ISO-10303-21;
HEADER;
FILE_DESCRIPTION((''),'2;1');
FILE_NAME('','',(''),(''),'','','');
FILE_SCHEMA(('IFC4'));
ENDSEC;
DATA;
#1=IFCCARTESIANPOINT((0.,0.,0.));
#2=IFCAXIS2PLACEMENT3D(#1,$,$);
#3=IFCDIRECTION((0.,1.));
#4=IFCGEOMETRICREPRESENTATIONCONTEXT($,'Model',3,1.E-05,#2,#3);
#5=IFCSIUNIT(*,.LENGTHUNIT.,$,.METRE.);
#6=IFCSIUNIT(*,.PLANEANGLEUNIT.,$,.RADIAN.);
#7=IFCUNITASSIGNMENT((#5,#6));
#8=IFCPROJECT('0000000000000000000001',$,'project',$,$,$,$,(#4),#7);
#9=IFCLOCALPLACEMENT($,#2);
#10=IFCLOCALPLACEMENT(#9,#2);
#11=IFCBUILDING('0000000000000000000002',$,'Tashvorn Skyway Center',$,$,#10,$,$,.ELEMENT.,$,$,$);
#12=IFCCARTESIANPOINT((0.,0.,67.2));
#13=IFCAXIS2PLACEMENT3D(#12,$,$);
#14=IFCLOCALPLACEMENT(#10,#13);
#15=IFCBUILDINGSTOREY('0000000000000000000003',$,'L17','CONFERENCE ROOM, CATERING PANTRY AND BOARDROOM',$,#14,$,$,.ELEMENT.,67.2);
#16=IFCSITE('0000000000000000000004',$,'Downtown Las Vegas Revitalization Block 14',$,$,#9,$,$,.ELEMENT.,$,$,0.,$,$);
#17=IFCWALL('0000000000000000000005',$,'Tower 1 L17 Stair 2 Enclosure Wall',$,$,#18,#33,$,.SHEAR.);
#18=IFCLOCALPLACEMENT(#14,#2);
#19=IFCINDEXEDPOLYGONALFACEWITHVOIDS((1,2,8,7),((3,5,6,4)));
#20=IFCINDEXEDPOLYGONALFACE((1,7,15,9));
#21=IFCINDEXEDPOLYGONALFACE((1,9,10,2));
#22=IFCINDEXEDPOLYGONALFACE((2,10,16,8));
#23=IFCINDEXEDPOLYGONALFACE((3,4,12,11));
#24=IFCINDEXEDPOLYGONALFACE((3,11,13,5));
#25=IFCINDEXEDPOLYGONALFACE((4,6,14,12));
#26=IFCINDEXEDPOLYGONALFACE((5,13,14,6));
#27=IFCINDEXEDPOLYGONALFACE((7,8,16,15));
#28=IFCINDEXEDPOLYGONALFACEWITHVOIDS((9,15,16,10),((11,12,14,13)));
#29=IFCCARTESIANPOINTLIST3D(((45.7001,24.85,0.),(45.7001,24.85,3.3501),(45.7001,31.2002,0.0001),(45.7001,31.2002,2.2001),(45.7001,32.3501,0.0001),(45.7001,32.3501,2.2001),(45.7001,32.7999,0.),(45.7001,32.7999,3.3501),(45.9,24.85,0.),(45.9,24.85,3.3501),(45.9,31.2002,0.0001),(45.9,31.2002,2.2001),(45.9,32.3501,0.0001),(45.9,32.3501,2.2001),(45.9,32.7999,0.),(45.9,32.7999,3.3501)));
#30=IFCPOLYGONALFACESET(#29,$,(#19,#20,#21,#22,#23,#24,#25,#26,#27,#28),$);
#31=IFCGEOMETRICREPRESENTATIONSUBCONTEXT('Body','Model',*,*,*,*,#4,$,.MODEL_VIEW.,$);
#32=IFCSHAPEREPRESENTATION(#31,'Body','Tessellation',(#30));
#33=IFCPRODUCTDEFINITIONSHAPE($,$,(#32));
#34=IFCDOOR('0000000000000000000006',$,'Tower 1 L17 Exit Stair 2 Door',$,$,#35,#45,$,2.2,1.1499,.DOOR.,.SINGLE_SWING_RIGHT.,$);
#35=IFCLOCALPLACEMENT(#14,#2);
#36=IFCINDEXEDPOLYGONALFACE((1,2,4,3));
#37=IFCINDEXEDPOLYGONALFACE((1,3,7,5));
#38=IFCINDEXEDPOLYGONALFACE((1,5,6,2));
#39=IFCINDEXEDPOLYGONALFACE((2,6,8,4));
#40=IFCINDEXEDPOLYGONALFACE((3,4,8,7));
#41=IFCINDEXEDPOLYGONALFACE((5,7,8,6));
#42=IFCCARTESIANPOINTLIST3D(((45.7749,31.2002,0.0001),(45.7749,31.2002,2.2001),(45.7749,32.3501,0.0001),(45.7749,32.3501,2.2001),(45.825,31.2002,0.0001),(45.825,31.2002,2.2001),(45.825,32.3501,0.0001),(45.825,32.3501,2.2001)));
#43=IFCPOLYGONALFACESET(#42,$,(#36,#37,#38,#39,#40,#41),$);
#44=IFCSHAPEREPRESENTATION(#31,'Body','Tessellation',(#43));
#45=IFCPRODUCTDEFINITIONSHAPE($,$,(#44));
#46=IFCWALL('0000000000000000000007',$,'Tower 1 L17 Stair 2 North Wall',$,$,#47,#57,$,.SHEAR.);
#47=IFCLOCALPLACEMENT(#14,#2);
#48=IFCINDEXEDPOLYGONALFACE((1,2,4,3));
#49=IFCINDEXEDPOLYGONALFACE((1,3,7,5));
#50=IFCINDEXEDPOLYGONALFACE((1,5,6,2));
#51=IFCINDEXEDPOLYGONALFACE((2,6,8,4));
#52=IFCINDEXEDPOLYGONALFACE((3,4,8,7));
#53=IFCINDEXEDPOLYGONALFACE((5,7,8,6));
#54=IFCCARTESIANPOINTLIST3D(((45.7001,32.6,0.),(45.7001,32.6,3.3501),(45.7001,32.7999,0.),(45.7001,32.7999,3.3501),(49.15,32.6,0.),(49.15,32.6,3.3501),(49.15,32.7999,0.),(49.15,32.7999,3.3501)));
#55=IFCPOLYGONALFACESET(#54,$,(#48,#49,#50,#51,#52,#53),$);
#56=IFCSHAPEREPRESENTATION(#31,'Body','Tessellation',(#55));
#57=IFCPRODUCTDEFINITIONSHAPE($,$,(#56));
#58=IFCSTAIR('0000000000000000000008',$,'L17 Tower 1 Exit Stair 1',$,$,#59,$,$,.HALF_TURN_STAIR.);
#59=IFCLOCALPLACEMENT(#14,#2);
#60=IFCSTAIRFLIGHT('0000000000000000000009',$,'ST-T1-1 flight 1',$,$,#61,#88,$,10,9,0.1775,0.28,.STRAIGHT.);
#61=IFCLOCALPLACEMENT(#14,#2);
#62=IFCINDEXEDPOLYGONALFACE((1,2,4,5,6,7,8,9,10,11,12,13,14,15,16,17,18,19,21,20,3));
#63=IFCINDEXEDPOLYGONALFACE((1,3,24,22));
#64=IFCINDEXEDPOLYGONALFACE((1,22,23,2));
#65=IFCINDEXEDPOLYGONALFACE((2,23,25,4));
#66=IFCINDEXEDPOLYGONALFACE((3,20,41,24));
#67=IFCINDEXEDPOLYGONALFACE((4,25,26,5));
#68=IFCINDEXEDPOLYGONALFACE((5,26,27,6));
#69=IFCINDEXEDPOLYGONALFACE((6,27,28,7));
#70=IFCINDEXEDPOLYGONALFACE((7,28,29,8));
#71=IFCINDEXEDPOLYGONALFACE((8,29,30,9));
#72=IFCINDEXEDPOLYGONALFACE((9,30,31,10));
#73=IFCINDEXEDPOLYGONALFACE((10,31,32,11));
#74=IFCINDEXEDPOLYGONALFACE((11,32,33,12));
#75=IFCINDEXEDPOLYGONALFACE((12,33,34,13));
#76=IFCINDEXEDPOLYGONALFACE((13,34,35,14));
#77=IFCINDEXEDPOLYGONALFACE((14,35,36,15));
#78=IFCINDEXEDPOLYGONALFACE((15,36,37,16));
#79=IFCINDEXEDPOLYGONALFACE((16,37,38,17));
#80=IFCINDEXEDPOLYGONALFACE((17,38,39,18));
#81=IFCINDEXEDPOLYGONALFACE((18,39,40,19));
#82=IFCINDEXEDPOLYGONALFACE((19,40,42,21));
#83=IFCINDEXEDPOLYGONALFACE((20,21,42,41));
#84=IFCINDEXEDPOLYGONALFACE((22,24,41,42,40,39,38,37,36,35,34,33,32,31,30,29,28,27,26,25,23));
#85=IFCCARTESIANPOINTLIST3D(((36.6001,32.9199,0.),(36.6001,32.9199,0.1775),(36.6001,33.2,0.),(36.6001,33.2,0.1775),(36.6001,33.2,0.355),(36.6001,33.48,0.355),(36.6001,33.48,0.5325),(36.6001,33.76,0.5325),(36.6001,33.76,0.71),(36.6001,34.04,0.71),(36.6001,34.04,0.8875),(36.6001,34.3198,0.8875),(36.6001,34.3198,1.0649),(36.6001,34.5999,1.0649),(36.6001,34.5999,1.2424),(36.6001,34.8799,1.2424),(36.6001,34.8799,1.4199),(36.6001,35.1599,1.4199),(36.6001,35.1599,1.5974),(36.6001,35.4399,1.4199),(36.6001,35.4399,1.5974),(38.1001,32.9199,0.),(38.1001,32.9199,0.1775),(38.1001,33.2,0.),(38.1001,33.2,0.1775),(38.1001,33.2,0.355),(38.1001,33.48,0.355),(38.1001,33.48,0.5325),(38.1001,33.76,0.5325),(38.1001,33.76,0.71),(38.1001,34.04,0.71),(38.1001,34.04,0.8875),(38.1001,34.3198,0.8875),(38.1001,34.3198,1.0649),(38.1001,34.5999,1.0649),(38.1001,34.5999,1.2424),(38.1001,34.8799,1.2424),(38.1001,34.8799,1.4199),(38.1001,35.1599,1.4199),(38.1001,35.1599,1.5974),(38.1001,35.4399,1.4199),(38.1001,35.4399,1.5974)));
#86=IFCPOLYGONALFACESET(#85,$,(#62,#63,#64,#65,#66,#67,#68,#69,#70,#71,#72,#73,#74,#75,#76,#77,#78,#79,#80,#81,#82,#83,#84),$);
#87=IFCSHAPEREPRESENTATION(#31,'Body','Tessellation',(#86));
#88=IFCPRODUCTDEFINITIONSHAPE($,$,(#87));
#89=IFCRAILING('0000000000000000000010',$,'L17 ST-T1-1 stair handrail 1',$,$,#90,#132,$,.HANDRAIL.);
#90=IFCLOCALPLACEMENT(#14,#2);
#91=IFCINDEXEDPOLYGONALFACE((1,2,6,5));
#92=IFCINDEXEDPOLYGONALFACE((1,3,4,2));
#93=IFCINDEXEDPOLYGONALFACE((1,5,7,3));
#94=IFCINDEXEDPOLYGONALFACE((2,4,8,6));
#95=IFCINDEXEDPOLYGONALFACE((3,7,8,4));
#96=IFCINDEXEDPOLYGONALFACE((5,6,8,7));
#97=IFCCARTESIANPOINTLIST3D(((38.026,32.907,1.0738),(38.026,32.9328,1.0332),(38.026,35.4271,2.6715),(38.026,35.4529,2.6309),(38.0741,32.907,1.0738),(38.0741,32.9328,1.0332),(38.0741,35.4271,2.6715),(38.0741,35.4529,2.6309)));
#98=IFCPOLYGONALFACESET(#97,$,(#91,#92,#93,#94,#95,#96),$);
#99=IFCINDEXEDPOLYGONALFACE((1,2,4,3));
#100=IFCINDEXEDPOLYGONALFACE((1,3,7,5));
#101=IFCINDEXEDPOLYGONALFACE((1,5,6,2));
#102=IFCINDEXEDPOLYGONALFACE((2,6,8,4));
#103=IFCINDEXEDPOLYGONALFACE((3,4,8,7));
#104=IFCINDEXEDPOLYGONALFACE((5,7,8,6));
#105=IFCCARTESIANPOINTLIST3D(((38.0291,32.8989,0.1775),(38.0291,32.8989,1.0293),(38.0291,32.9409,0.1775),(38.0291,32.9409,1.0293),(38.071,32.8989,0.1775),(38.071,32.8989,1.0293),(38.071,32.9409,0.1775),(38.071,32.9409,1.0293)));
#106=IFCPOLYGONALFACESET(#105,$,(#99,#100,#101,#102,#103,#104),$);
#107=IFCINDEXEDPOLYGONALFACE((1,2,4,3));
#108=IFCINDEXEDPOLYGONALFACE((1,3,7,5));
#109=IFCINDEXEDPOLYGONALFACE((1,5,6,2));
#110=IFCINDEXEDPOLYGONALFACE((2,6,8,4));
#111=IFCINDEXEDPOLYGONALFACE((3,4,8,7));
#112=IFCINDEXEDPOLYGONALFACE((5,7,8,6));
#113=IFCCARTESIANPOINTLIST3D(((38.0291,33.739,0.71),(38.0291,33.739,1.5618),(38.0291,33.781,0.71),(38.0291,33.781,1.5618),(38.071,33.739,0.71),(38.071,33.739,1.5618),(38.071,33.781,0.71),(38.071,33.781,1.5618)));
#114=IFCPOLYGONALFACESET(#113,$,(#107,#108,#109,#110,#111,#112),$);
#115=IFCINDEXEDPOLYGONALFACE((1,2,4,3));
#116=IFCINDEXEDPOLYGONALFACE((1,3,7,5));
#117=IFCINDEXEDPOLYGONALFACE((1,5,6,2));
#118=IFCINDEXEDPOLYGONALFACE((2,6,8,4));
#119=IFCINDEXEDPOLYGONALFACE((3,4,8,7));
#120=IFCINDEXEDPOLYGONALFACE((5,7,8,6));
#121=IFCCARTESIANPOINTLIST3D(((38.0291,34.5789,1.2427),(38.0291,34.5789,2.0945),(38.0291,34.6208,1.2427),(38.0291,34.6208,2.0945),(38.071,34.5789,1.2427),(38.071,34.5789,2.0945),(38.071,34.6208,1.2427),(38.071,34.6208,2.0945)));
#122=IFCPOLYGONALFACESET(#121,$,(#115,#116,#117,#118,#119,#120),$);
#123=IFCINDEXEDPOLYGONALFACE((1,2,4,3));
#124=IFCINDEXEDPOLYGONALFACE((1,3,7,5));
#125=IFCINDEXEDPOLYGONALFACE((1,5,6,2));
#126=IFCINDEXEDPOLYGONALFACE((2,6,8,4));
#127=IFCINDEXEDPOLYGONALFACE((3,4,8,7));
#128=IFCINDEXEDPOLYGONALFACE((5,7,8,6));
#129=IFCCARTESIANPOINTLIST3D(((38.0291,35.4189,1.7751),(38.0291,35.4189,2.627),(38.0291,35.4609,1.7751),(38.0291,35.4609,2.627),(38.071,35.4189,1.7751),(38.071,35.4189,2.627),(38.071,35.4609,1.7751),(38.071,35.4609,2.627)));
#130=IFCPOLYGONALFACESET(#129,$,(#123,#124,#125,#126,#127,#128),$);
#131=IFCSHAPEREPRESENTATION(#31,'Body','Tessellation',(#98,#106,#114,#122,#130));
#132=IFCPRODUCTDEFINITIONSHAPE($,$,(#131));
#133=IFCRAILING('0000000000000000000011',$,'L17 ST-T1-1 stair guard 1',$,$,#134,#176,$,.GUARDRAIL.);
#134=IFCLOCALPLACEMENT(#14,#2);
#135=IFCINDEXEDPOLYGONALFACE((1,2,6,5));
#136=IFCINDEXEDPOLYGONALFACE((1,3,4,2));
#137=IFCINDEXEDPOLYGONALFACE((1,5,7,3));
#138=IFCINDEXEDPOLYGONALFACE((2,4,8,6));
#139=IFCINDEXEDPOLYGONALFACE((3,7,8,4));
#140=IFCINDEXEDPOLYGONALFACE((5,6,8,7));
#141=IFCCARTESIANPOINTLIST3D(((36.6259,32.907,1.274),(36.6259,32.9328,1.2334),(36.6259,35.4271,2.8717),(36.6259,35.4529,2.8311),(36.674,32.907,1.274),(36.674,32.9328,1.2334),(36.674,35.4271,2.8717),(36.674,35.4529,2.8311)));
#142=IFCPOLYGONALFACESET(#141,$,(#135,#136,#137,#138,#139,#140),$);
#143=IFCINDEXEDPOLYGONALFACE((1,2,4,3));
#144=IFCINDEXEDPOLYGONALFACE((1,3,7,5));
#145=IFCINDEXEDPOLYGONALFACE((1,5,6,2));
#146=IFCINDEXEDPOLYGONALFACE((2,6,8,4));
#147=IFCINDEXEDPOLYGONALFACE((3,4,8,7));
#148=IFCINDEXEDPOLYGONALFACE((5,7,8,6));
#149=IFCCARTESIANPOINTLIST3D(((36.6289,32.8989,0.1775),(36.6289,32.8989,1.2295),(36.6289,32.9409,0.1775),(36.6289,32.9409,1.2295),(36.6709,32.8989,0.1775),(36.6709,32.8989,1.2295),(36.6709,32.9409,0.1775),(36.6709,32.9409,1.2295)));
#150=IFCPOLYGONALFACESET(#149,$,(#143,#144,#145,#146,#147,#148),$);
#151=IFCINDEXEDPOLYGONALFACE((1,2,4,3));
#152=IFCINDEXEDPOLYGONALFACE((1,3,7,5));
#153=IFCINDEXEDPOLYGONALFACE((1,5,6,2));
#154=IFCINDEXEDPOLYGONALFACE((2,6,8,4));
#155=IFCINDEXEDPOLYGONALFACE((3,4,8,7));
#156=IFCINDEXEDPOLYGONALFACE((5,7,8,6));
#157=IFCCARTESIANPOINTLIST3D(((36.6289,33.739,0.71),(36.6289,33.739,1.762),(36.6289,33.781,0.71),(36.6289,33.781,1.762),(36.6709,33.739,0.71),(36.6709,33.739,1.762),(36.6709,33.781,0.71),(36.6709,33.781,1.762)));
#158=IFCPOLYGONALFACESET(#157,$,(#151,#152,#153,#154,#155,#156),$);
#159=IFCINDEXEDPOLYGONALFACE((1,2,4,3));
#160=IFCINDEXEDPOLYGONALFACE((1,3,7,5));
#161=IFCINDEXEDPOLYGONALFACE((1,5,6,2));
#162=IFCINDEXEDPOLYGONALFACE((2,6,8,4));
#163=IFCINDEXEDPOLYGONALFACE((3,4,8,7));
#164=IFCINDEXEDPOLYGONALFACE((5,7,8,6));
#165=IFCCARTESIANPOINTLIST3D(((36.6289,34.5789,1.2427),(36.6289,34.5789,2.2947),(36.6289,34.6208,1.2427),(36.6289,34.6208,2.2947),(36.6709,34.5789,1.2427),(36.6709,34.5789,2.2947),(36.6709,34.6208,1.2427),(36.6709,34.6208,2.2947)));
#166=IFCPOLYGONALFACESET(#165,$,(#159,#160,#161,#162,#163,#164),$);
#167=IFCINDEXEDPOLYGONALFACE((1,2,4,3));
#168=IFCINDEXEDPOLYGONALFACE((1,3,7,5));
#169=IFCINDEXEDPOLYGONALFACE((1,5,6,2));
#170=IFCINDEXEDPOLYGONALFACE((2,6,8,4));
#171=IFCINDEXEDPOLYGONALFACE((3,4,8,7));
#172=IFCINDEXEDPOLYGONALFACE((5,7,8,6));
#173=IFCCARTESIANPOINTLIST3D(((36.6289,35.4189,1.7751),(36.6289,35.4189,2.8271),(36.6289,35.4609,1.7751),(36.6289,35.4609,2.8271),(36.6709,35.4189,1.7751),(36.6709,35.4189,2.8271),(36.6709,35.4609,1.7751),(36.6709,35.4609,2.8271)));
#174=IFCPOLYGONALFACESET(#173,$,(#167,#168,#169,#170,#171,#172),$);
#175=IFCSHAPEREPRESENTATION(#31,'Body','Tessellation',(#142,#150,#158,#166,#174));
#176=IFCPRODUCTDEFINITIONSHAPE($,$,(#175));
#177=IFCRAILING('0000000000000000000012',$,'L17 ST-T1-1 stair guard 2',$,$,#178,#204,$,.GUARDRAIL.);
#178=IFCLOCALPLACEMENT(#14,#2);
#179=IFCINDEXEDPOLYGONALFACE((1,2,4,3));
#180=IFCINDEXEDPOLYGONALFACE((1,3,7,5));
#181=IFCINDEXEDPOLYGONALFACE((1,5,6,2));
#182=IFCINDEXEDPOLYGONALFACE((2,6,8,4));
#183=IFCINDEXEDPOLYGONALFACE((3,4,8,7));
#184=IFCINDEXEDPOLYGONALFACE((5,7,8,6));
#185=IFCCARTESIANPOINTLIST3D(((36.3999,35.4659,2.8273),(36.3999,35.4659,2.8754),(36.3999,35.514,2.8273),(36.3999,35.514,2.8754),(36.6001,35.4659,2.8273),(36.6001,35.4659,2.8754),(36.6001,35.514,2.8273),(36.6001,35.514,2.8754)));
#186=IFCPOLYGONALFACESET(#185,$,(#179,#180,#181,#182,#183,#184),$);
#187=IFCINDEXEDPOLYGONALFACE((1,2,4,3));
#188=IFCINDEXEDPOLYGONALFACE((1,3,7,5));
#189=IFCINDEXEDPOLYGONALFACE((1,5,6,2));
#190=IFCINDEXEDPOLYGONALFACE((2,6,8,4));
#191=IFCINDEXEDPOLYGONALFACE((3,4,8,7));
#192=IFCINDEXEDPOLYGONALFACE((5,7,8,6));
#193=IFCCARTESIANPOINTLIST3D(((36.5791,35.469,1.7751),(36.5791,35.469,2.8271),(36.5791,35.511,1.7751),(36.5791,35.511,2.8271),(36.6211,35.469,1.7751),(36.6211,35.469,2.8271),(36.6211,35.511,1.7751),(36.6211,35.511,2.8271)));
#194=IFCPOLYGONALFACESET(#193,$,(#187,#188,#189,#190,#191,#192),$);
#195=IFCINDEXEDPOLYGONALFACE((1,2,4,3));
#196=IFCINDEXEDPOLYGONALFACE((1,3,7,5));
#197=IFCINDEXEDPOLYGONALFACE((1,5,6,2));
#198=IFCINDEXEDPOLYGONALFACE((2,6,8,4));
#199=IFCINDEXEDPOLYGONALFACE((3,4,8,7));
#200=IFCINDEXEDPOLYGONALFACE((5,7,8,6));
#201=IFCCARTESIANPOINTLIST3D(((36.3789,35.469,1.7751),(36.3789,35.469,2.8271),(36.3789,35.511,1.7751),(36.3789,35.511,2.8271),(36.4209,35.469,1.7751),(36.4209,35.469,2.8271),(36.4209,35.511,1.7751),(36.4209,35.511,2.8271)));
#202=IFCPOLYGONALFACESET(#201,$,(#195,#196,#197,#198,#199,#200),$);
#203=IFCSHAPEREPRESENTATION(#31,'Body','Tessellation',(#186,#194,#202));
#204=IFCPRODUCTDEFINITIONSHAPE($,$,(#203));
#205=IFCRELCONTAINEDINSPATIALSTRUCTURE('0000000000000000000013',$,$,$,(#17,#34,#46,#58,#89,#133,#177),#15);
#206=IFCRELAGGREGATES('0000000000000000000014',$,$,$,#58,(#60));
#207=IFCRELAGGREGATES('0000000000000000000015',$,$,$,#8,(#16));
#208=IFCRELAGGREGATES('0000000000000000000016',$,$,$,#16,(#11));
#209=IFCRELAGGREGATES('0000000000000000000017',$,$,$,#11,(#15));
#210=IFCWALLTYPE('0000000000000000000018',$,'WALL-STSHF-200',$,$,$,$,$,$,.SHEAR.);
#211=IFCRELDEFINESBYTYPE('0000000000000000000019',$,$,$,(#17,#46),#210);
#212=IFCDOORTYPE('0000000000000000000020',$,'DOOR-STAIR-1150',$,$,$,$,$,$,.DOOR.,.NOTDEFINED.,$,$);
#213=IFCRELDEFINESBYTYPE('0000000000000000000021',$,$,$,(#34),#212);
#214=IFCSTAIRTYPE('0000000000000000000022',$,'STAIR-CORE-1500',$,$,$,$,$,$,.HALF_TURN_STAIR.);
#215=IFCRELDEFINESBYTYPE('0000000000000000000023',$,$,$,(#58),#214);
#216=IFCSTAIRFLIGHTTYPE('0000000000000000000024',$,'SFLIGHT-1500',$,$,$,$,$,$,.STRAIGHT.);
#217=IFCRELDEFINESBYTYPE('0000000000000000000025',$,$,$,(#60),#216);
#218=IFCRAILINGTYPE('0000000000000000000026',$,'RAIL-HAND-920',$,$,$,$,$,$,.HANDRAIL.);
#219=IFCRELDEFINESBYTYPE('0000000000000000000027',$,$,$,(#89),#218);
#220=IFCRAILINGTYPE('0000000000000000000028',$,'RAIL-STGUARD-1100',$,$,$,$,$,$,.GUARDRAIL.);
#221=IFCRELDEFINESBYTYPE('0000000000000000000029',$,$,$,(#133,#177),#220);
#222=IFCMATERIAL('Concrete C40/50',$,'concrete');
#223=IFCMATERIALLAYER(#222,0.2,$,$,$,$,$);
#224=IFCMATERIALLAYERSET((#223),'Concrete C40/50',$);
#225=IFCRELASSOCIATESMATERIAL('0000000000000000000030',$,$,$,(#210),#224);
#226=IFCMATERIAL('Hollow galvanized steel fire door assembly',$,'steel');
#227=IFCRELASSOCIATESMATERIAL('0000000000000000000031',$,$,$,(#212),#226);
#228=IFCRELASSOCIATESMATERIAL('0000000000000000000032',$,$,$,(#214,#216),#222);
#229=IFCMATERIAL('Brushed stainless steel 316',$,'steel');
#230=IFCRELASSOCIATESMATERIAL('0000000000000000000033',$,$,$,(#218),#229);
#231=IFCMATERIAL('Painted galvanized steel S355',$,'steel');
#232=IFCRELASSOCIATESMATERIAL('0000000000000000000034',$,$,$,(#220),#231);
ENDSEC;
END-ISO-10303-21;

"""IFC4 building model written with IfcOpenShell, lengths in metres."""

from ifc_helpers import new_model, si_unit, direction, frame, frame_2d, origin, origin_2d, place, context, subcontext, project, spatial, polyline, rectangle, outline, extrude, material, layer, layer_set, type_object, element, fill, aggregate, save


model = new_model("IFC4")

# Units and contexts
model_context = context("Model", 3, precision=1e-05, world=origin(), true_north=direction((0.0, 1.0)))
body_context = subcontext(model_context, "Body", "Model", "MODEL_VIEW")
ifc_project = project(units=[si_unit("LENGTHUNIT", "METRE"), si_unit("PLANEANGLEUNIT", "RADIAN")], contexts=[model_context])

# Site, building, storey
site_placement = place(None, origin())
site = spatial("IfcSite", under=ifc_project, at=site_placement, Name="Downtown Las Vegas Revitalization Block 14", CompositionType="ELEMENT", RefElevation=0.0)
building_placement = place(site_placement, origin())
building = spatial("IfcBuilding", under=site, at=building_placement, Name="Tashvorn Skyway Center", CompositionType="ELEMENT")
storey_placement = place(building_placement, frame((0.0, 0.0, 67.2)))
storey = spatial("IfcBuildingStorey", under=building, at=storey_placement, Name="L17", Description="CONFERENCE ROOM, CATERING PANTRY AND BOARDROOM", CompositionType="ELEMENT", Elevation=67.2)

# Shared definitions
ifc_material_1 = material(Name="Concrete C40/50", Category="concrete")

# Shared definitions
ifc_material_2 = material(Name="Hollow galvanized steel fire door assembly", Category="steel")

# Wall, opening, door
ifc_layer_1 = layer(ifc_material_1, 0.2)
ifc_layer_set_1 = layer_set([ifc_layer_1], Name="Concrete C40/50")
wall_type_1 = type_object("IfcWallType", Name="WALL-STSHF-200", PredefinedType="SHEAR", material=ifc_layer_set_1)
wall_1_placement = place(storey_placement, frame((45.8, 32.8, 0.0), z_axis=(0.0, 0.0, 1.0), x_axis=(0.0, -1.0, 0.0)))
wall_1 = element("IfcWall", 1, at=wall_1_placement, inside=storey, type_object=wall_type_1, Name="Tower 1 L17 Stair 2 Enclosure Wall", PredefinedType="SHEAR", context=body_context, shape_type="SweptSolid", body=[
    extrude(rectangle(XDim=7.95, YDim=0.2, at=frame_2d((3.9751, 0.0))), origin(), (0.0, 0.0, 1.0), 3.3501),
])
opening_1_placement = place(wall_1_placement, frame((0.45, 0.0, 0.0)))
opening_1 = element("IfcOpeningElement", 2, at=opening_1_placement, cuts=wall_1, PredefinedType="OPENING", context=body_context, shape_type="SweptSolid", body=[
    extrude(rectangle(XDim=1.1499, YDim=2.2, at=frame_2d((0.575, 1.1001))), frame((0.0, 0.1099, 0.0), z_axis=(0.0, -1.0, 0.0), x_axis=(1.0, 0.0, 0.0)), (0.0, 0.0, 1.0), 0.22),
])
door_type_1 = type_object("IfcDoorType", Name="DOOR-STAIR-1150", OperationType="NOTDEFINED", PredefinedType="DOOR", material=ifc_material_2)
door_1_placement = place(opening_1_placement, origin())
door_1 = element("IfcDoor", 3, at=door_1_placement, inside=storey, type_object=door_type_1, Name="Tower 1 L17 Exit Stair 2 Door", OperationType="SINGLE_SWING_RIGHT", OverallHeight=2.2, OverallWidth=1.1499, PredefinedType="DOOR", context=body_context, shape_type="SweptSolid", body=[
    extrude(rectangle(XDim=1.1499, YDim=2.2, at=frame_2d((0.575, 1.1001))), frame((0.0, 0.0249, 0.0), z_axis=(0.0, -1.0, 0.0), x_axis=(1.0, 0.0, 0.0)), (0.0, 0.0, 1.0), 0.05),
])
fill(opening_1, door_1)

# Wall
wall_2_placement = place(storey_placement, frame((45.7, 32.7, 0.0), z_axis=(0.0, 0.0, 1.0), x_axis=(1.0, 0.0, 0.0)))
element("IfcWall", 4, at=wall_2_placement, inside=storey, type_object=wall_type_1, Name="Tower 1 L17 Stair 2 North Wall", PredefinedType="SHEAR", context=body_context, shape_type="SweptSolid", body=[
    extrude(rectangle(XDim=3.45, YDim=0.2, at=frame_2d((1.7251, 0.0))), origin(), (0.0, 0.0, 1.0), 3.3501),
])

# Stair, stair flight
stair_type = type_object("IfcStairType", Name="STAIR-CORE-1500", PredefinedType="HALF_TURN_STAIR", material=ifc_material_1)
stair_placement = place(storey_placement, origin())
stair = element("IfcStair", 5, at=stair_placement, inside=storey, type_object=stair_type, Name="L17 Tower 1 Exit Stair 1", PredefinedType="HALF_TURN_STAIR")
stair_flight_type = type_object("IfcStairFlightType", Name="SFLIGHT-1500", PredefinedType="STRAIGHT", material=ifc_material_1)
stair_flight_placement = place(storey_placement, frame((37.3501, 32.9199, 0.0), z_axis=(0.0, 0.0, 1.0), x_axis=(0.0, 1.0, 0.0)))
stair_flight = element("IfcStairFlight", 6, at=stair_flight_placement, type_object=stair_flight_type, Name="ST-T1-1 flight 1", NumberOfRisers=10, NumberOfTreads=9, PredefinedType="STRAIGHT", RiserHeight=0.1775, TreadLength=0.28, context=body_context, shape_type="SweptSolid", body=[
    extrude(outline(polyline([(0.0, 0.0), (0.0, 0.1775), (0.28, 0.1775), (0.28, 0.355), (0.5601, 0.355), (0.5601, 0.5325), (0.8401, 0.5325), (0.8401, 0.71), (1.1201, 0.71), (1.1201, 0.8875), (1.3999, 0.8875), (1.3999, 1.0649), (1.6799, 1.0649), (1.6799, 1.2424), (1.96, 1.2424), (1.96, 1.4199), (2.24, 1.4199), (2.24, 1.5974), (2.52, 1.5974), (2.52, 1.7749), (2.52, 1.4199), (0.28, 0.0), (0.0, 0.0)])), frame((0.0, 0.75, 0.0), z_axis=(0.0, -1.0, 0.0), x_axis=(1.0, 0.0, 0.0)), (0.0, 0.0, 1.0), 1.5),
])
aggregate(stair, [stair_flight])

# Railings
ifc_material_3 = material(Name="Brushed stainless steel 316", Category="steel")
railing_type_1 = type_object("IfcRailingType", Name="RAIL-HAND-920", PredefinedType="HANDRAIL", material=ifc_material_3)
railing_1_placement = place(storey_placement, frame((38.05, 32.9199, 0.1775)))
element("IfcRailing", 7, at=railing_1_placement, inside=storey, type_object=railing_type_1, Name="L17 ST-T1-1 stair handrail 1", PredefinedType="HANDRAIL", context=body_context, shape_type="SweptSolid", body=[
    extrude(rectangle(XDim=0.0481, YDim=0.0481, at=origin_2d()), frame((0.0, 0.0, 0.876), z_axis=(0.0, 0.84457, 0.535445), x_axis=(-1.0, 0.0, 0.0)), (0.0, 0.0, 1.0), 2.9839),
    extrude(rectangle(XDim=0.042, YDim=0.042, at=origin_2d()), origin(), (0.0, 0.0, 1.0), 0.8518),
    extrude(rectangle(XDim=0.042, YDim=0.042, at=origin_2d()), frame((0.0, 0.8401, 0.5325)), (0.0, 0.0, 1.0), 0.8518),
    extrude(rectangle(XDim=0.042, YDim=0.042, at=origin_2d()), frame((0.0, 1.6799, 1.0652)), (0.0, 0.0, 1.0), 0.8518),
    extrude(rectangle(XDim=0.042, YDim=0.042, at=origin_2d()), frame((0.0, 2.52, 1.5977)), (0.0, 0.0, 1.0), 0.8518),
])
ifc_material_4 = material(Name="Painted galvanized steel S355", Category="steel")
railing_type_2 = type_object("IfcRailingType", Name="RAIL-STGUARD-1100", PredefinedType="GUARDRAIL", material=ifc_material_4)
railing_2_placement = place(storey_placement, frame((36.6499, 32.9199, 0.1775)))
element("IfcRailing", 8, at=railing_2_placement, inside=storey, type_object=railing_type_2, Name="L17 ST-T1-1 stair guard 1", PredefinedType="GUARDRAIL", context=body_context, shape_type="SweptSolid", body=[
    extrude(rectangle(XDim=0.0481, YDim=0.0481, at=origin_2d()), frame((0.0, 0.0, 1.0762), z_axis=(0.0, 0.84457, 0.535445), x_axis=(-1.0, 0.0, 0.0)), (0.0, 0.0, 1.0), 2.9839),
    extrude(rectangle(XDim=0.042, YDim=0.042, at=origin_2d()), origin(), (0.0, 0.0, 1.0), 1.052),
    extrude(rectangle(XDim=0.042, YDim=0.042, at=origin_2d()), frame((0.0, 0.8401, 0.5325)), (0.0, 0.0, 1.0), 1.052),
    extrude(rectangle(XDim=0.042, YDim=0.042, at=origin_2d()), frame((0.0, 1.6799, 1.0652)), (0.0, 0.0, 1.0), 1.052),
    extrude(rectangle(XDim=0.042, YDim=0.042, at=origin_2d()), frame((0.0, 2.52, 1.5977)), (0.0, 0.0, 1.0), 1.052),
])
for number, where, name in (
    (9, (36.6001, 35.49, 1.7751), "L17 ST-T1-1 stair guard 2"),
):
    element("IfcRailing", number, at=place(storey_placement, frame(where)), inside=storey, type_object=railing_type_2, Name=name, PredefinedType="GUARDRAIL", context=body_context, shape_type="SweptSolid", body=[
        extrude(rectangle(XDim=0.0481, YDim=0.0481, at=origin_2d()), frame((0.0, 0.0, 1.0762), z_axis=(-1.0, 0.0, 0.0), x_axis=(0.0, -1.0, 0.0)), (0.0, 0.0, 1.0), 0.2002),
        extrude(rectangle(XDim=0.042, YDim=0.042, at=origin_2d()), origin(), (0.0, 0.0, 1.0), 1.052),
        extrude(rectangle(XDim=0.042, YDim=0.042, at=origin_2d()), frame((-0.2002, 0.0, 0.0)), (0.0, 0.0, 1.0), 1.052),
    ])

save(model, "model.ifc")
